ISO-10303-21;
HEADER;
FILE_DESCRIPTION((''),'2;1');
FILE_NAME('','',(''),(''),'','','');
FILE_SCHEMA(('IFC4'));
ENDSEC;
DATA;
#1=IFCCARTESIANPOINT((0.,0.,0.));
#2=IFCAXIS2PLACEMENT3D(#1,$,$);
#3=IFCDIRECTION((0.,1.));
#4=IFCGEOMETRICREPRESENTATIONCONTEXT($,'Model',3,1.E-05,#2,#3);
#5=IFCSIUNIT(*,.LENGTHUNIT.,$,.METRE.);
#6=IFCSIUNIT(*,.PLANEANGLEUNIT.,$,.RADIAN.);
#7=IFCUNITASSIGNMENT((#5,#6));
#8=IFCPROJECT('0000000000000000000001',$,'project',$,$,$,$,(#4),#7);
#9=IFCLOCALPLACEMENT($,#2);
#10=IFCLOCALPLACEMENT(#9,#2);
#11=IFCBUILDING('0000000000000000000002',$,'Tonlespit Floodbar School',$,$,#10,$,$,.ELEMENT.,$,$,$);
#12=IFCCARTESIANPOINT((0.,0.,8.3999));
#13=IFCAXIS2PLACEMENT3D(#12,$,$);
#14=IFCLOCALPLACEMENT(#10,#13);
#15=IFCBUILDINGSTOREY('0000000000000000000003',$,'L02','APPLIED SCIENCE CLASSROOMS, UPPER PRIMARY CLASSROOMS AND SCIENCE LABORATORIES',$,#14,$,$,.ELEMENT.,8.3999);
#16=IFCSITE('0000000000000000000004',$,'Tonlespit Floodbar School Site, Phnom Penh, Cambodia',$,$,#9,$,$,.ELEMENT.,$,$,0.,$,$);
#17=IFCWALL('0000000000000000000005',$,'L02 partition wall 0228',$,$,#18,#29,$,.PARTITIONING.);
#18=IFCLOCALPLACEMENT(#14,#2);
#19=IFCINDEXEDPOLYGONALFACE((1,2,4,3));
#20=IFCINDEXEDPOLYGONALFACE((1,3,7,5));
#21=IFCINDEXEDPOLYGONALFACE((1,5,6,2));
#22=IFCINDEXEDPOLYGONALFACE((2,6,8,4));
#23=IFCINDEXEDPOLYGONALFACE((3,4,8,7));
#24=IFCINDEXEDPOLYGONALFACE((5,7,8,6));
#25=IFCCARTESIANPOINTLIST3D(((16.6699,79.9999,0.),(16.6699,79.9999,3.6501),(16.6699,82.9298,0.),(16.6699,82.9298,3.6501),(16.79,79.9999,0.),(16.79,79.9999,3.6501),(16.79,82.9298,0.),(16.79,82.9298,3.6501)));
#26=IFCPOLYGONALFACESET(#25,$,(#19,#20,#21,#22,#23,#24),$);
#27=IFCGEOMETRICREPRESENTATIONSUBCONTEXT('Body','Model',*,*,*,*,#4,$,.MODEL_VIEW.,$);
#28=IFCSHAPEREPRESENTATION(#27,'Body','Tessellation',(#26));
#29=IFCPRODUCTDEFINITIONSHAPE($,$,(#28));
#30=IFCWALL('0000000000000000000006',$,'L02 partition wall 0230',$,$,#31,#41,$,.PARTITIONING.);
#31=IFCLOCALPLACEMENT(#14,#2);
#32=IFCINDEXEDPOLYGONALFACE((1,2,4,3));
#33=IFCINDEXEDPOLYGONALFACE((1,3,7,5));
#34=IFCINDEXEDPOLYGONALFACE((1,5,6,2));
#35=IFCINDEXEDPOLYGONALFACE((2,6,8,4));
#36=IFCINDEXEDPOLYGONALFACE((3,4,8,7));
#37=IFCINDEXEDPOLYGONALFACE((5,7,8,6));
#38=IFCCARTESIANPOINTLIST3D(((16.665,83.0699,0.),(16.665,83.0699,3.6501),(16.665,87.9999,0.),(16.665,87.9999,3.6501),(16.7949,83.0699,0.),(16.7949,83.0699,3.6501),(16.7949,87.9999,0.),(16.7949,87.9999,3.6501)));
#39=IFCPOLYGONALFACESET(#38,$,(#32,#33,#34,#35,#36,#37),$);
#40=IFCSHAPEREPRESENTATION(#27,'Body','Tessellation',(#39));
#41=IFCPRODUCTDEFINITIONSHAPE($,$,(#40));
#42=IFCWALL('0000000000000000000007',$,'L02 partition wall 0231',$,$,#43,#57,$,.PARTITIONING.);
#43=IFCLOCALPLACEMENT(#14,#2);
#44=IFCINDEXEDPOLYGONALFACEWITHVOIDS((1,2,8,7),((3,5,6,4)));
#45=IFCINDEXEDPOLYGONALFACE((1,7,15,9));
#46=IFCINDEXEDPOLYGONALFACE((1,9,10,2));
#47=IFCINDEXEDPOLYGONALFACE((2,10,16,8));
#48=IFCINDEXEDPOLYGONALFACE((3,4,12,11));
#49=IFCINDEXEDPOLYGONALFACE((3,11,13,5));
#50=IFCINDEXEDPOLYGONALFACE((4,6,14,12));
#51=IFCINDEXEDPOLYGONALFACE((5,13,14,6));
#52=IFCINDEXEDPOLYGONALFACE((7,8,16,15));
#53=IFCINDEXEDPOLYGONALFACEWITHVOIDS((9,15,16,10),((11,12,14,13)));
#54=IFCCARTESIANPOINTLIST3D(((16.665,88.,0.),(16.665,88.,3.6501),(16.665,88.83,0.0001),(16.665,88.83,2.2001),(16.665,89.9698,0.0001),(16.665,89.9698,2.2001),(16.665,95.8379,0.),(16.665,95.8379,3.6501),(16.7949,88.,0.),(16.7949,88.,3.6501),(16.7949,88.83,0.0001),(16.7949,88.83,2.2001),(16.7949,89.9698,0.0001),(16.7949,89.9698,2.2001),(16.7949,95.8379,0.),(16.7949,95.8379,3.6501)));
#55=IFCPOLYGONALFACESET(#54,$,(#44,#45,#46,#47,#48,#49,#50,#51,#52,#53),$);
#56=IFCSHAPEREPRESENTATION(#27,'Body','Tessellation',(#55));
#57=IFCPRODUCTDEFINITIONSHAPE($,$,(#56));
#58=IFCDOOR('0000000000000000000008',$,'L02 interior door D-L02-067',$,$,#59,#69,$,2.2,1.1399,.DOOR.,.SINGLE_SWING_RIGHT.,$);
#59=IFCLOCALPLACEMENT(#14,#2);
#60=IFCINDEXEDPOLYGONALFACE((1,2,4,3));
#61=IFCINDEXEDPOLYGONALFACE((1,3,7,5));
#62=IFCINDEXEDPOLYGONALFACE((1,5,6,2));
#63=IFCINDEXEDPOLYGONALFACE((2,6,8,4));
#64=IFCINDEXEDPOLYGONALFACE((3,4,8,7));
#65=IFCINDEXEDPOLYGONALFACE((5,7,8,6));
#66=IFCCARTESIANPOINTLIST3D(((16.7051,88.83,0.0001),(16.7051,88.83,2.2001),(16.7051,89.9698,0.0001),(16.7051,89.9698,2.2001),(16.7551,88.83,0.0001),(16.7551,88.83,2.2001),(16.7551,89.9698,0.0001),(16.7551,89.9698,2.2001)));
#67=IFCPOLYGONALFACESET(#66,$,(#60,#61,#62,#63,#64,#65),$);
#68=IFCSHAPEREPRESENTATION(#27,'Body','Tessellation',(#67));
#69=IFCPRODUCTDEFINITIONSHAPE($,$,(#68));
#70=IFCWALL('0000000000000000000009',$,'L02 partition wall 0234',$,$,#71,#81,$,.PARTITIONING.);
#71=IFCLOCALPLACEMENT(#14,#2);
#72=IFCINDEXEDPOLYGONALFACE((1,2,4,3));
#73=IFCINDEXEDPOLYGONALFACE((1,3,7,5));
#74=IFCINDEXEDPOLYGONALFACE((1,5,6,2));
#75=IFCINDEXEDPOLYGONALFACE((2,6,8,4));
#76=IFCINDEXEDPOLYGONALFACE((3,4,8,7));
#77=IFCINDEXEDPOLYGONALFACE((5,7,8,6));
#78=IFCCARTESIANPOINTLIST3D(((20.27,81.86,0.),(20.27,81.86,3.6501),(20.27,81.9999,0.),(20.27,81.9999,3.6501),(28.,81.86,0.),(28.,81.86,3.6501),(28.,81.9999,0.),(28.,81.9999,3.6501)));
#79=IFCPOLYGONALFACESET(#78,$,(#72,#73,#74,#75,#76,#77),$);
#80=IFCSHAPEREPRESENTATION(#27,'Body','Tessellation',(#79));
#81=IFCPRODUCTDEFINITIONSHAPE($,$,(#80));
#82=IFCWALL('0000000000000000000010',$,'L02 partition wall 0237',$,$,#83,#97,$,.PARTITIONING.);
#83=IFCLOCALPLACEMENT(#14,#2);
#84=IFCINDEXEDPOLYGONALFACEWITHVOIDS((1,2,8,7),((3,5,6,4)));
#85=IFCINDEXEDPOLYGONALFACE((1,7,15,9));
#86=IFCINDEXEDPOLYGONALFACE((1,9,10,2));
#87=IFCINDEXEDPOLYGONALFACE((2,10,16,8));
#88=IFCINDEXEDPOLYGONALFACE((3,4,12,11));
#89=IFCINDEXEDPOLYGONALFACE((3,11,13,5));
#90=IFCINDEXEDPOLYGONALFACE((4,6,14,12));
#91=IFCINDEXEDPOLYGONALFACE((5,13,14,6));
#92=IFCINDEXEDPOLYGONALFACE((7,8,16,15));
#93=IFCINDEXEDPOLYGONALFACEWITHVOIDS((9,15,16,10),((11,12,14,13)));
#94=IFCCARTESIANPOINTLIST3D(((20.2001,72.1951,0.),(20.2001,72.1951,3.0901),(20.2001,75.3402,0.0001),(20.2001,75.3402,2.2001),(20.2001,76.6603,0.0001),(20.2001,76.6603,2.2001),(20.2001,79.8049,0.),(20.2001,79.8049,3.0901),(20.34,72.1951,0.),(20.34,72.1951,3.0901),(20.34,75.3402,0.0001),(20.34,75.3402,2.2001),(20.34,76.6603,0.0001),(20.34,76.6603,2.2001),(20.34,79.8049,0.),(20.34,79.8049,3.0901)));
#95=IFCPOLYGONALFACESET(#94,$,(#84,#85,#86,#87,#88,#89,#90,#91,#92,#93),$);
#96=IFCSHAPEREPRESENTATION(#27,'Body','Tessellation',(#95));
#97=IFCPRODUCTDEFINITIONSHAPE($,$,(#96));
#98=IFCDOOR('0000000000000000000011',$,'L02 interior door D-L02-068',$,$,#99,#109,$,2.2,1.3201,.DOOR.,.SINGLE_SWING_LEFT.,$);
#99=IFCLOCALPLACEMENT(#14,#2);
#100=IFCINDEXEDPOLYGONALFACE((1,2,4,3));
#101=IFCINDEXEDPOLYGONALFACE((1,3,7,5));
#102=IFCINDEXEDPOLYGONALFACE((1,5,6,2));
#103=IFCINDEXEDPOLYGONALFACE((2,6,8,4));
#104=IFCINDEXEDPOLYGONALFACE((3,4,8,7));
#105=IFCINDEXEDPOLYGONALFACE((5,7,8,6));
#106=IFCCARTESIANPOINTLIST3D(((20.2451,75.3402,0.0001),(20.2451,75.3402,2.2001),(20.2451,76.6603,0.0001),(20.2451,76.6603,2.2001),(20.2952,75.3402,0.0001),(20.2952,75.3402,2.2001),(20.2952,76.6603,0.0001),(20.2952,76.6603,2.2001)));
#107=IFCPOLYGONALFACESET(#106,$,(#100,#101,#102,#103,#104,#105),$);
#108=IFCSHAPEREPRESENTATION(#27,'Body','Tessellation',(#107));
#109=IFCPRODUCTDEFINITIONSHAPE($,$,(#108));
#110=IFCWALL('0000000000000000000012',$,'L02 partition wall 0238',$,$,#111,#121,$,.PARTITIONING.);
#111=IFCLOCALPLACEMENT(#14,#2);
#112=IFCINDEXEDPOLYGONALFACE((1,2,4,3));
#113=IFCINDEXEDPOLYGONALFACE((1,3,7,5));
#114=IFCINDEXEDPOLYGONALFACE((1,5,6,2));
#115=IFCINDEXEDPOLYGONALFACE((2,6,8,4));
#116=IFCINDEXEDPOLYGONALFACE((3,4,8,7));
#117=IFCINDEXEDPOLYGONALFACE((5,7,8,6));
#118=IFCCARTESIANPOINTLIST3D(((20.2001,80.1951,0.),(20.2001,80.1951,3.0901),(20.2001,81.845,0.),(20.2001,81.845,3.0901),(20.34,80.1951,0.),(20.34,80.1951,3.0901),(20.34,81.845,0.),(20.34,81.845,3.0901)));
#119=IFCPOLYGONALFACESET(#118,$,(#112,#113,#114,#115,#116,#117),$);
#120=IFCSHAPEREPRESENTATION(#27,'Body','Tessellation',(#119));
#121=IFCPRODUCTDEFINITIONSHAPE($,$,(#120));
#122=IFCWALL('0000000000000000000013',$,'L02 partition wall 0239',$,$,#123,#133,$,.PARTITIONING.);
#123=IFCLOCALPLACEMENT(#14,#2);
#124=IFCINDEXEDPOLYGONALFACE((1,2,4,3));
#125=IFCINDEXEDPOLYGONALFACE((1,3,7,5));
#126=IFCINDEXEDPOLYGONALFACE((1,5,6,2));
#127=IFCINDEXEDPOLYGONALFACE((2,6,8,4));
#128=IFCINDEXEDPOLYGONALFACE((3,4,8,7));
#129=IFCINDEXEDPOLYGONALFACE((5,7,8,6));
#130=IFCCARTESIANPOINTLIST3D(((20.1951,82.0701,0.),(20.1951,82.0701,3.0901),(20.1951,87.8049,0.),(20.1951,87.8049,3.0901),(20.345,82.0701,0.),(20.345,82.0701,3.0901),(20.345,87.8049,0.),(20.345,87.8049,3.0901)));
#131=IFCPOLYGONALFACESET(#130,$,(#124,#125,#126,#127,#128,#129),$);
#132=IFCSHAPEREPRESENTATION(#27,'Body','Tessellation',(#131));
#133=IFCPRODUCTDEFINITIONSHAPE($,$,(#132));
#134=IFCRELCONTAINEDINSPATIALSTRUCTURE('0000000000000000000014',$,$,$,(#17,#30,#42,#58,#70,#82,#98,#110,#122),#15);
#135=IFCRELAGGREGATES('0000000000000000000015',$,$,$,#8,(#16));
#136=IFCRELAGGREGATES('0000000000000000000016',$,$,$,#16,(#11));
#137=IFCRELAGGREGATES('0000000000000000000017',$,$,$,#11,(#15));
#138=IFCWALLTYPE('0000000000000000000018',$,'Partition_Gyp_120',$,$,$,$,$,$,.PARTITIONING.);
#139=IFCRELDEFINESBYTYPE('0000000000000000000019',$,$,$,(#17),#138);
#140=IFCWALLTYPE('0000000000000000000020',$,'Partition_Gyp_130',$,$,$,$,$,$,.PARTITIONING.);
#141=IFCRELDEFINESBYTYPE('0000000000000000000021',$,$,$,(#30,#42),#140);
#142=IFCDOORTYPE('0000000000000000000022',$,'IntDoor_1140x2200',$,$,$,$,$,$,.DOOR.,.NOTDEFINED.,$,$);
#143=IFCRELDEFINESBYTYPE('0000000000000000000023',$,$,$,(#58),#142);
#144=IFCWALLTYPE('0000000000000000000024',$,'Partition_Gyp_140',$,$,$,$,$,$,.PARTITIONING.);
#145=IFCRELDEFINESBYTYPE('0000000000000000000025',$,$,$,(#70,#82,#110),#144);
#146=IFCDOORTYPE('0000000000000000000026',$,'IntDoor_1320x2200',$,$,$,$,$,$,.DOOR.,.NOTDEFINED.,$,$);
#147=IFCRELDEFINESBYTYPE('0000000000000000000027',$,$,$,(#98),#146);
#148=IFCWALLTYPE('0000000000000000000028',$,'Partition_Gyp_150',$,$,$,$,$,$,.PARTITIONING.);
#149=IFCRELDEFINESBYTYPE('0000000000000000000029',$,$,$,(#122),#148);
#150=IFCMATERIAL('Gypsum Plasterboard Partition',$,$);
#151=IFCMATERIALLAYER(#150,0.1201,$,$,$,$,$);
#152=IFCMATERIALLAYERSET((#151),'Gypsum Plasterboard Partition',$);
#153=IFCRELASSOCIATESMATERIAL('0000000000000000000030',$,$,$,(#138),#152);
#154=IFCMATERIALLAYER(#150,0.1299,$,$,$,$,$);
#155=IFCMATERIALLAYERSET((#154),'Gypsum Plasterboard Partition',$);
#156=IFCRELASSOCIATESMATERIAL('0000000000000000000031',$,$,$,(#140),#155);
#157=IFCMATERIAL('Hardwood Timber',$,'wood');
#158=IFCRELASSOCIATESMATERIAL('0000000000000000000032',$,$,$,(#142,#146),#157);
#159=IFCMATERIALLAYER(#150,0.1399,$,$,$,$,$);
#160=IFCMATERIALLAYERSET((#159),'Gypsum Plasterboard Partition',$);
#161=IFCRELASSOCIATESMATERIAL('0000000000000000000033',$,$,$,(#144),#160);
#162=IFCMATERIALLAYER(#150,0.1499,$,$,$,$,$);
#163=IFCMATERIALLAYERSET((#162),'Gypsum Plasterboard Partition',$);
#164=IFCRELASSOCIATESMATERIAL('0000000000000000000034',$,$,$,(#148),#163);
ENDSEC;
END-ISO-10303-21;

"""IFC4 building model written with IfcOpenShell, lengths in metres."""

from ifc_helpers import new_model, si_unit, direction, frame, frame_2d, origin, place, context, subcontext, project, spatial, rectangle, extrude, material, layer, layer_set, type_object, element, fill, save


model = new_model("IFC4")

# Units and contexts
model_context = context("Model", 3, precision=1e-05, world=origin(), true_north=direction((0.0, 1.0)))
body_context = subcontext(model_context, "Body", "Model", "MODEL_VIEW")
ifc_project = project(units=[si_unit("LENGTHUNIT", "METRE"), si_unit("PLANEANGLEUNIT", "RADIAN")], contexts=[model_context])

# Site, building, storey
site_placement = place(None, origin())
site = spatial("IfcSite", under=ifc_project, at=site_placement, Name="Tonlespit Floodbar School Site, Phnom Penh, Cambodia", CompositionType="ELEMENT", RefElevation=0.0)
building_placement = place(site_placement, origin())
building = spatial("IfcBuilding", under=site, at=building_placement, Name="Tonlespit Floodbar School", CompositionType="ELEMENT")
storey_placement = place(building_placement, frame((0.0, 0.0, 8.3999)))
storey = spatial("IfcBuildingStorey", under=building, at=storey_placement, Name="L02", Description="APPLIED SCIENCE CLASSROOMS, UPPER PRIMARY CLASSROOMS AND SCIENCE LABORATORIES", CompositionType="ELEMENT", Elevation=8.3999)

# Shared definitions
ifc_material_1 = material(Name="Gypsum Plasterboard Partition")
ifc_layer_1 = layer(ifc_material_1, 0.1201)
ifc_layer_set_1 = layer_set([ifc_layer_1], Name="Gypsum Plasterboard Partition")
wall_type_1 = type_object("IfcWallType", Name="Partition_Gyp_120", PredefinedType="PARTITIONING", material=ifc_layer_set_1)
ifc_material_2 = material(Name="Hardwood Timber", Category="wood")

# Walls
wall_1_placement = place(storey_placement, frame((16.73, 80.0, 0.0), z_axis=(0.0, 0.0, 1.0), x_axis=(0.0, 1.0, 0.0)))
element("IfcWall", 1, at=wall_1_placement, inside=storey, type_object=wall_type_1, Name="L02 partition wall 0228", PredefinedType="PARTITIONING", context=body_context, shape_type="SweptSolid", body=[
    extrude(rectangle(XDim=2.9299, YDim=0.1201, at=frame_2d((1.4648, 0.0))), origin(), (0.0, 0.0, 1.0), 3.6501),
])
ifc_layer_2 = layer(ifc_material_1, 0.1299)
ifc_layer_set_2 = layer_set([ifc_layer_2], Name="Gypsum Plasterboard Partition")
wall_type_2 = type_object("IfcWallType", Name="Partition_Gyp_130", PredefinedType="PARTITIONING", material=ifc_layer_set_2)
wall_2_placement = place(storey_placement, frame((16.73, 83.0701, 0.0), z_axis=(0.0, 0.0, 1.0), x_axis=(0.0, 1.0, 0.0)))
element("IfcWall", 2, at=wall_2_placement, inside=storey, type_object=wall_type_2, Name="L02 partition wall 0230", PredefinedType="PARTITIONING", context=body_context, shape_type="SweptSolid", body=[
    extrude(rectangle(XDim=4.9299, YDim=0.1299, at=frame_2d((2.4648, 0.0))), origin(), (0.0, 0.0, 1.0), 3.6501),
])

# Wall, opening, door
wall_3_placement = place(storey_placement, frame((16.73, 88.0, 0.0), z_axis=(0.0, 0.0, 1.0), x_axis=(0.0, 1.0, 0.0)))
wall_3 = element("IfcWall", 3, at=wall_3_placement, inside=storey, type_object=wall_type_2, Name="L02 partition wall 0231", PredefinedType="PARTITIONING", context=body_context, shape_type="SweptSolid", body=[
    extrude(rectangle(XDim=7.8379, YDim=0.1299, at=frame_2d((3.9189, 0.0))), origin(), (0.0, 0.0, 1.0), 3.6501),
])
opening_1_placement = place(wall_3_placement, frame((0.8301, 0.0, 0.0)))
opening_1 = element("IfcOpeningElement", 4, at=opening_1_placement, cuts=wall_3, PredefinedType="OPENING", context=body_context, shape_type="SweptSolid", body=[
    extrude(rectangle(XDim=1.1399, YDim=2.2, at=frame_2d((0.5698, 1.1001))), frame((0.0, 0.075, 0.0), z_axis=(0.0, -1.0, 0.0), x_axis=(1.0, 0.0, 0.0)), (0.0, 0.0, 1.0), 0.1499),
])
door_type_1 = type_object("IfcDoorType", Name="IntDoor_1140x2200", OperationType="NOTDEFINED", PredefinedType="DOOR", material=ifc_material_2)
door_1_placement = place(opening_1_placement, origin())
door_1 = element("IfcDoor", 5, at=door_1_placement, inside=storey, type_object=door_type_1, Name="L02 interior door D-L02-067", OperationType="SINGLE_SWING_RIGHT", OverallHeight=2.2, OverallWidth=1.1399, PredefinedType="DOOR", context=body_context, shape_type="SweptSolid", body=[
    extrude(rectangle(XDim=1.1399, YDim=2.2, at=frame_2d((0.5698, 1.1001))), frame((0.0, 0.0249, 0.0), z_axis=(0.0, -1.0, 0.0), x_axis=(1.0, 0.0, 0.0)), (0.0, 0.0, 1.0), 0.05),
])
fill(opening_1, door_1)

# Wall
ifc_layer_3 = layer(ifc_material_1, 0.1399)
ifc_layer_set_3 = layer_set([ifc_layer_3], Name="Gypsum Plasterboard Partition")
wall_type_3 = type_object("IfcWallType", Name="Partition_Gyp_140", PredefinedType="PARTITIONING", material=ifc_layer_set_3)
wall_4_placement = place(storey_placement, frame((20.27, 81.9299, 0.0), z_axis=(0.0, 0.0, 1.0), x_axis=(1.0, 0.0, 0.0)))
element("IfcWall", 6, at=wall_4_placement, inside=storey, type_object=wall_type_3, Name="L02 partition wall 0234", PredefinedType="PARTITIONING", context=body_context, shape_type="SweptSolid", body=[
    extrude(rectangle(XDim=7.73, YDim=0.1399, at=frame_2d((3.865, 0.0))), origin(), (0.0, 0.0, 1.0), 3.6501),
])

# Wall, opening, door
wall_5_placement = place(storey_placement, frame((20.27, 72.1951, 0.0), z_axis=(0.0, 0.0, 1.0), x_axis=(0.0, 1.0, 0.0)))
wall_5 = element("IfcWall", 7, at=wall_5_placement, inside=storey, type_object=wall_type_3, Name="L02 partition wall 0237", PredefinedType="PARTITIONING", context=body_context, shape_type="SweptSolid", body=[
    extrude(rectangle(XDim=7.6099, YDim=0.1399, at=frame_2d((3.8049, 0.0))), origin(), (0.0, 0.0, 1.0), 3.0901),
])
opening_2_placement = place(wall_5_placement, frame((3.145, 0.0, 0.0)))
opening_2 = element("IfcOpeningElement", 8, at=opening_2_placement, cuts=wall_5, PredefinedType="OPENING", context=body_context, shape_type="SweptSolid", body=[
    extrude(rectangle(XDim=1.3201, YDim=2.2, at=frame_2d((0.6602, 1.1001))), frame((0.0, 0.0798, 0.0), z_axis=(0.0, -1.0, 0.0), x_axis=(1.0, 0.0, 0.0)), (0.0, 0.0, 1.0), 0.1599),
])
door_type_2 = type_object("IfcDoorType", Name="IntDoor_1320x2200", OperationType="NOTDEFINED", PredefinedType="DOOR", material=ifc_material_2)
door_2_placement = place(opening_2_placement, origin())
door_2 = element("IfcDoor", 9, at=door_2_placement, inside=storey, type_object=door_type_2, Name="L02 interior door D-L02-068", OperationType="SINGLE_SWING_LEFT", OverallHeight=2.2, OverallWidth=1.3201, PredefinedType="DOOR", context=body_context, shape_type="SweptSolid", body=[
    extrude(rectangle(XDim=1.3201, YDim=2.2, at=frame_2d((0.6602, 1.1001))), frame((0.0, 0.0249, 0.0), z_axis=(0.0, -1.0, 0.0), x_axis=(1.0, 0.0, 0.0)), (0.0, 0.0, 1.0), 0.05),
])
fill(opening_2, door_2)

# Walls
wall_6_placement = place(storey_placement, frame((20.27, 80.1951, 0.0), z_axis=(0.0, 0.0, 1.0), x_axis=(0.0, 1.0, 0.0)))
element("IfcWall", 10, at=wall_6_placement, inside=storey, type_object=wall_type_3, Name="L02 partition wall 0238", PredefinedType="PARTITIONING", context=body_context, shape_type="SweptSolid", body=[
    extrude(rectangle(XDim=1.6499, YDim=0.1399, at=frame_2d((0.825, 0.0))), origin(), (0.0, 0.0, 1.0), 3.0901),
])
ifc_layer_4 = layer(ifc_material_1, 0.1499)
ifc_layer_set_4 = layer_set([ifc_layer_4], Name="Gypsum Plasterboard Partition")
wall_type_4 = type_object("IfcWallType", Name="Partition_Gyp_150", PredefinedType="PARTITIONING", material=ifc_layer_set_4)
wall_7_placement = place(storey_placement, frame((20.27, 82.0701, 0.0), z_axis=(0.0, 0.0, 1.0), x_axis=(0.0, 1.0, 0.0)))
element("IfcWall", 11, at=wall_7_placement, inside=storey, type_object=wall_type_4, Name="L02 partition wall 0239", PredefinedType="PARTITIONING", context=body_context, shape_type="SweptSolid", body=[
    extrude(rectangle(XDim=5.7349, YDim=0.1499, at=frame_2d((2.8674, 0.0))), origin(), (0.0, 0.0, 1.0), 3.0901),
])

save(model, "model.ifc")
